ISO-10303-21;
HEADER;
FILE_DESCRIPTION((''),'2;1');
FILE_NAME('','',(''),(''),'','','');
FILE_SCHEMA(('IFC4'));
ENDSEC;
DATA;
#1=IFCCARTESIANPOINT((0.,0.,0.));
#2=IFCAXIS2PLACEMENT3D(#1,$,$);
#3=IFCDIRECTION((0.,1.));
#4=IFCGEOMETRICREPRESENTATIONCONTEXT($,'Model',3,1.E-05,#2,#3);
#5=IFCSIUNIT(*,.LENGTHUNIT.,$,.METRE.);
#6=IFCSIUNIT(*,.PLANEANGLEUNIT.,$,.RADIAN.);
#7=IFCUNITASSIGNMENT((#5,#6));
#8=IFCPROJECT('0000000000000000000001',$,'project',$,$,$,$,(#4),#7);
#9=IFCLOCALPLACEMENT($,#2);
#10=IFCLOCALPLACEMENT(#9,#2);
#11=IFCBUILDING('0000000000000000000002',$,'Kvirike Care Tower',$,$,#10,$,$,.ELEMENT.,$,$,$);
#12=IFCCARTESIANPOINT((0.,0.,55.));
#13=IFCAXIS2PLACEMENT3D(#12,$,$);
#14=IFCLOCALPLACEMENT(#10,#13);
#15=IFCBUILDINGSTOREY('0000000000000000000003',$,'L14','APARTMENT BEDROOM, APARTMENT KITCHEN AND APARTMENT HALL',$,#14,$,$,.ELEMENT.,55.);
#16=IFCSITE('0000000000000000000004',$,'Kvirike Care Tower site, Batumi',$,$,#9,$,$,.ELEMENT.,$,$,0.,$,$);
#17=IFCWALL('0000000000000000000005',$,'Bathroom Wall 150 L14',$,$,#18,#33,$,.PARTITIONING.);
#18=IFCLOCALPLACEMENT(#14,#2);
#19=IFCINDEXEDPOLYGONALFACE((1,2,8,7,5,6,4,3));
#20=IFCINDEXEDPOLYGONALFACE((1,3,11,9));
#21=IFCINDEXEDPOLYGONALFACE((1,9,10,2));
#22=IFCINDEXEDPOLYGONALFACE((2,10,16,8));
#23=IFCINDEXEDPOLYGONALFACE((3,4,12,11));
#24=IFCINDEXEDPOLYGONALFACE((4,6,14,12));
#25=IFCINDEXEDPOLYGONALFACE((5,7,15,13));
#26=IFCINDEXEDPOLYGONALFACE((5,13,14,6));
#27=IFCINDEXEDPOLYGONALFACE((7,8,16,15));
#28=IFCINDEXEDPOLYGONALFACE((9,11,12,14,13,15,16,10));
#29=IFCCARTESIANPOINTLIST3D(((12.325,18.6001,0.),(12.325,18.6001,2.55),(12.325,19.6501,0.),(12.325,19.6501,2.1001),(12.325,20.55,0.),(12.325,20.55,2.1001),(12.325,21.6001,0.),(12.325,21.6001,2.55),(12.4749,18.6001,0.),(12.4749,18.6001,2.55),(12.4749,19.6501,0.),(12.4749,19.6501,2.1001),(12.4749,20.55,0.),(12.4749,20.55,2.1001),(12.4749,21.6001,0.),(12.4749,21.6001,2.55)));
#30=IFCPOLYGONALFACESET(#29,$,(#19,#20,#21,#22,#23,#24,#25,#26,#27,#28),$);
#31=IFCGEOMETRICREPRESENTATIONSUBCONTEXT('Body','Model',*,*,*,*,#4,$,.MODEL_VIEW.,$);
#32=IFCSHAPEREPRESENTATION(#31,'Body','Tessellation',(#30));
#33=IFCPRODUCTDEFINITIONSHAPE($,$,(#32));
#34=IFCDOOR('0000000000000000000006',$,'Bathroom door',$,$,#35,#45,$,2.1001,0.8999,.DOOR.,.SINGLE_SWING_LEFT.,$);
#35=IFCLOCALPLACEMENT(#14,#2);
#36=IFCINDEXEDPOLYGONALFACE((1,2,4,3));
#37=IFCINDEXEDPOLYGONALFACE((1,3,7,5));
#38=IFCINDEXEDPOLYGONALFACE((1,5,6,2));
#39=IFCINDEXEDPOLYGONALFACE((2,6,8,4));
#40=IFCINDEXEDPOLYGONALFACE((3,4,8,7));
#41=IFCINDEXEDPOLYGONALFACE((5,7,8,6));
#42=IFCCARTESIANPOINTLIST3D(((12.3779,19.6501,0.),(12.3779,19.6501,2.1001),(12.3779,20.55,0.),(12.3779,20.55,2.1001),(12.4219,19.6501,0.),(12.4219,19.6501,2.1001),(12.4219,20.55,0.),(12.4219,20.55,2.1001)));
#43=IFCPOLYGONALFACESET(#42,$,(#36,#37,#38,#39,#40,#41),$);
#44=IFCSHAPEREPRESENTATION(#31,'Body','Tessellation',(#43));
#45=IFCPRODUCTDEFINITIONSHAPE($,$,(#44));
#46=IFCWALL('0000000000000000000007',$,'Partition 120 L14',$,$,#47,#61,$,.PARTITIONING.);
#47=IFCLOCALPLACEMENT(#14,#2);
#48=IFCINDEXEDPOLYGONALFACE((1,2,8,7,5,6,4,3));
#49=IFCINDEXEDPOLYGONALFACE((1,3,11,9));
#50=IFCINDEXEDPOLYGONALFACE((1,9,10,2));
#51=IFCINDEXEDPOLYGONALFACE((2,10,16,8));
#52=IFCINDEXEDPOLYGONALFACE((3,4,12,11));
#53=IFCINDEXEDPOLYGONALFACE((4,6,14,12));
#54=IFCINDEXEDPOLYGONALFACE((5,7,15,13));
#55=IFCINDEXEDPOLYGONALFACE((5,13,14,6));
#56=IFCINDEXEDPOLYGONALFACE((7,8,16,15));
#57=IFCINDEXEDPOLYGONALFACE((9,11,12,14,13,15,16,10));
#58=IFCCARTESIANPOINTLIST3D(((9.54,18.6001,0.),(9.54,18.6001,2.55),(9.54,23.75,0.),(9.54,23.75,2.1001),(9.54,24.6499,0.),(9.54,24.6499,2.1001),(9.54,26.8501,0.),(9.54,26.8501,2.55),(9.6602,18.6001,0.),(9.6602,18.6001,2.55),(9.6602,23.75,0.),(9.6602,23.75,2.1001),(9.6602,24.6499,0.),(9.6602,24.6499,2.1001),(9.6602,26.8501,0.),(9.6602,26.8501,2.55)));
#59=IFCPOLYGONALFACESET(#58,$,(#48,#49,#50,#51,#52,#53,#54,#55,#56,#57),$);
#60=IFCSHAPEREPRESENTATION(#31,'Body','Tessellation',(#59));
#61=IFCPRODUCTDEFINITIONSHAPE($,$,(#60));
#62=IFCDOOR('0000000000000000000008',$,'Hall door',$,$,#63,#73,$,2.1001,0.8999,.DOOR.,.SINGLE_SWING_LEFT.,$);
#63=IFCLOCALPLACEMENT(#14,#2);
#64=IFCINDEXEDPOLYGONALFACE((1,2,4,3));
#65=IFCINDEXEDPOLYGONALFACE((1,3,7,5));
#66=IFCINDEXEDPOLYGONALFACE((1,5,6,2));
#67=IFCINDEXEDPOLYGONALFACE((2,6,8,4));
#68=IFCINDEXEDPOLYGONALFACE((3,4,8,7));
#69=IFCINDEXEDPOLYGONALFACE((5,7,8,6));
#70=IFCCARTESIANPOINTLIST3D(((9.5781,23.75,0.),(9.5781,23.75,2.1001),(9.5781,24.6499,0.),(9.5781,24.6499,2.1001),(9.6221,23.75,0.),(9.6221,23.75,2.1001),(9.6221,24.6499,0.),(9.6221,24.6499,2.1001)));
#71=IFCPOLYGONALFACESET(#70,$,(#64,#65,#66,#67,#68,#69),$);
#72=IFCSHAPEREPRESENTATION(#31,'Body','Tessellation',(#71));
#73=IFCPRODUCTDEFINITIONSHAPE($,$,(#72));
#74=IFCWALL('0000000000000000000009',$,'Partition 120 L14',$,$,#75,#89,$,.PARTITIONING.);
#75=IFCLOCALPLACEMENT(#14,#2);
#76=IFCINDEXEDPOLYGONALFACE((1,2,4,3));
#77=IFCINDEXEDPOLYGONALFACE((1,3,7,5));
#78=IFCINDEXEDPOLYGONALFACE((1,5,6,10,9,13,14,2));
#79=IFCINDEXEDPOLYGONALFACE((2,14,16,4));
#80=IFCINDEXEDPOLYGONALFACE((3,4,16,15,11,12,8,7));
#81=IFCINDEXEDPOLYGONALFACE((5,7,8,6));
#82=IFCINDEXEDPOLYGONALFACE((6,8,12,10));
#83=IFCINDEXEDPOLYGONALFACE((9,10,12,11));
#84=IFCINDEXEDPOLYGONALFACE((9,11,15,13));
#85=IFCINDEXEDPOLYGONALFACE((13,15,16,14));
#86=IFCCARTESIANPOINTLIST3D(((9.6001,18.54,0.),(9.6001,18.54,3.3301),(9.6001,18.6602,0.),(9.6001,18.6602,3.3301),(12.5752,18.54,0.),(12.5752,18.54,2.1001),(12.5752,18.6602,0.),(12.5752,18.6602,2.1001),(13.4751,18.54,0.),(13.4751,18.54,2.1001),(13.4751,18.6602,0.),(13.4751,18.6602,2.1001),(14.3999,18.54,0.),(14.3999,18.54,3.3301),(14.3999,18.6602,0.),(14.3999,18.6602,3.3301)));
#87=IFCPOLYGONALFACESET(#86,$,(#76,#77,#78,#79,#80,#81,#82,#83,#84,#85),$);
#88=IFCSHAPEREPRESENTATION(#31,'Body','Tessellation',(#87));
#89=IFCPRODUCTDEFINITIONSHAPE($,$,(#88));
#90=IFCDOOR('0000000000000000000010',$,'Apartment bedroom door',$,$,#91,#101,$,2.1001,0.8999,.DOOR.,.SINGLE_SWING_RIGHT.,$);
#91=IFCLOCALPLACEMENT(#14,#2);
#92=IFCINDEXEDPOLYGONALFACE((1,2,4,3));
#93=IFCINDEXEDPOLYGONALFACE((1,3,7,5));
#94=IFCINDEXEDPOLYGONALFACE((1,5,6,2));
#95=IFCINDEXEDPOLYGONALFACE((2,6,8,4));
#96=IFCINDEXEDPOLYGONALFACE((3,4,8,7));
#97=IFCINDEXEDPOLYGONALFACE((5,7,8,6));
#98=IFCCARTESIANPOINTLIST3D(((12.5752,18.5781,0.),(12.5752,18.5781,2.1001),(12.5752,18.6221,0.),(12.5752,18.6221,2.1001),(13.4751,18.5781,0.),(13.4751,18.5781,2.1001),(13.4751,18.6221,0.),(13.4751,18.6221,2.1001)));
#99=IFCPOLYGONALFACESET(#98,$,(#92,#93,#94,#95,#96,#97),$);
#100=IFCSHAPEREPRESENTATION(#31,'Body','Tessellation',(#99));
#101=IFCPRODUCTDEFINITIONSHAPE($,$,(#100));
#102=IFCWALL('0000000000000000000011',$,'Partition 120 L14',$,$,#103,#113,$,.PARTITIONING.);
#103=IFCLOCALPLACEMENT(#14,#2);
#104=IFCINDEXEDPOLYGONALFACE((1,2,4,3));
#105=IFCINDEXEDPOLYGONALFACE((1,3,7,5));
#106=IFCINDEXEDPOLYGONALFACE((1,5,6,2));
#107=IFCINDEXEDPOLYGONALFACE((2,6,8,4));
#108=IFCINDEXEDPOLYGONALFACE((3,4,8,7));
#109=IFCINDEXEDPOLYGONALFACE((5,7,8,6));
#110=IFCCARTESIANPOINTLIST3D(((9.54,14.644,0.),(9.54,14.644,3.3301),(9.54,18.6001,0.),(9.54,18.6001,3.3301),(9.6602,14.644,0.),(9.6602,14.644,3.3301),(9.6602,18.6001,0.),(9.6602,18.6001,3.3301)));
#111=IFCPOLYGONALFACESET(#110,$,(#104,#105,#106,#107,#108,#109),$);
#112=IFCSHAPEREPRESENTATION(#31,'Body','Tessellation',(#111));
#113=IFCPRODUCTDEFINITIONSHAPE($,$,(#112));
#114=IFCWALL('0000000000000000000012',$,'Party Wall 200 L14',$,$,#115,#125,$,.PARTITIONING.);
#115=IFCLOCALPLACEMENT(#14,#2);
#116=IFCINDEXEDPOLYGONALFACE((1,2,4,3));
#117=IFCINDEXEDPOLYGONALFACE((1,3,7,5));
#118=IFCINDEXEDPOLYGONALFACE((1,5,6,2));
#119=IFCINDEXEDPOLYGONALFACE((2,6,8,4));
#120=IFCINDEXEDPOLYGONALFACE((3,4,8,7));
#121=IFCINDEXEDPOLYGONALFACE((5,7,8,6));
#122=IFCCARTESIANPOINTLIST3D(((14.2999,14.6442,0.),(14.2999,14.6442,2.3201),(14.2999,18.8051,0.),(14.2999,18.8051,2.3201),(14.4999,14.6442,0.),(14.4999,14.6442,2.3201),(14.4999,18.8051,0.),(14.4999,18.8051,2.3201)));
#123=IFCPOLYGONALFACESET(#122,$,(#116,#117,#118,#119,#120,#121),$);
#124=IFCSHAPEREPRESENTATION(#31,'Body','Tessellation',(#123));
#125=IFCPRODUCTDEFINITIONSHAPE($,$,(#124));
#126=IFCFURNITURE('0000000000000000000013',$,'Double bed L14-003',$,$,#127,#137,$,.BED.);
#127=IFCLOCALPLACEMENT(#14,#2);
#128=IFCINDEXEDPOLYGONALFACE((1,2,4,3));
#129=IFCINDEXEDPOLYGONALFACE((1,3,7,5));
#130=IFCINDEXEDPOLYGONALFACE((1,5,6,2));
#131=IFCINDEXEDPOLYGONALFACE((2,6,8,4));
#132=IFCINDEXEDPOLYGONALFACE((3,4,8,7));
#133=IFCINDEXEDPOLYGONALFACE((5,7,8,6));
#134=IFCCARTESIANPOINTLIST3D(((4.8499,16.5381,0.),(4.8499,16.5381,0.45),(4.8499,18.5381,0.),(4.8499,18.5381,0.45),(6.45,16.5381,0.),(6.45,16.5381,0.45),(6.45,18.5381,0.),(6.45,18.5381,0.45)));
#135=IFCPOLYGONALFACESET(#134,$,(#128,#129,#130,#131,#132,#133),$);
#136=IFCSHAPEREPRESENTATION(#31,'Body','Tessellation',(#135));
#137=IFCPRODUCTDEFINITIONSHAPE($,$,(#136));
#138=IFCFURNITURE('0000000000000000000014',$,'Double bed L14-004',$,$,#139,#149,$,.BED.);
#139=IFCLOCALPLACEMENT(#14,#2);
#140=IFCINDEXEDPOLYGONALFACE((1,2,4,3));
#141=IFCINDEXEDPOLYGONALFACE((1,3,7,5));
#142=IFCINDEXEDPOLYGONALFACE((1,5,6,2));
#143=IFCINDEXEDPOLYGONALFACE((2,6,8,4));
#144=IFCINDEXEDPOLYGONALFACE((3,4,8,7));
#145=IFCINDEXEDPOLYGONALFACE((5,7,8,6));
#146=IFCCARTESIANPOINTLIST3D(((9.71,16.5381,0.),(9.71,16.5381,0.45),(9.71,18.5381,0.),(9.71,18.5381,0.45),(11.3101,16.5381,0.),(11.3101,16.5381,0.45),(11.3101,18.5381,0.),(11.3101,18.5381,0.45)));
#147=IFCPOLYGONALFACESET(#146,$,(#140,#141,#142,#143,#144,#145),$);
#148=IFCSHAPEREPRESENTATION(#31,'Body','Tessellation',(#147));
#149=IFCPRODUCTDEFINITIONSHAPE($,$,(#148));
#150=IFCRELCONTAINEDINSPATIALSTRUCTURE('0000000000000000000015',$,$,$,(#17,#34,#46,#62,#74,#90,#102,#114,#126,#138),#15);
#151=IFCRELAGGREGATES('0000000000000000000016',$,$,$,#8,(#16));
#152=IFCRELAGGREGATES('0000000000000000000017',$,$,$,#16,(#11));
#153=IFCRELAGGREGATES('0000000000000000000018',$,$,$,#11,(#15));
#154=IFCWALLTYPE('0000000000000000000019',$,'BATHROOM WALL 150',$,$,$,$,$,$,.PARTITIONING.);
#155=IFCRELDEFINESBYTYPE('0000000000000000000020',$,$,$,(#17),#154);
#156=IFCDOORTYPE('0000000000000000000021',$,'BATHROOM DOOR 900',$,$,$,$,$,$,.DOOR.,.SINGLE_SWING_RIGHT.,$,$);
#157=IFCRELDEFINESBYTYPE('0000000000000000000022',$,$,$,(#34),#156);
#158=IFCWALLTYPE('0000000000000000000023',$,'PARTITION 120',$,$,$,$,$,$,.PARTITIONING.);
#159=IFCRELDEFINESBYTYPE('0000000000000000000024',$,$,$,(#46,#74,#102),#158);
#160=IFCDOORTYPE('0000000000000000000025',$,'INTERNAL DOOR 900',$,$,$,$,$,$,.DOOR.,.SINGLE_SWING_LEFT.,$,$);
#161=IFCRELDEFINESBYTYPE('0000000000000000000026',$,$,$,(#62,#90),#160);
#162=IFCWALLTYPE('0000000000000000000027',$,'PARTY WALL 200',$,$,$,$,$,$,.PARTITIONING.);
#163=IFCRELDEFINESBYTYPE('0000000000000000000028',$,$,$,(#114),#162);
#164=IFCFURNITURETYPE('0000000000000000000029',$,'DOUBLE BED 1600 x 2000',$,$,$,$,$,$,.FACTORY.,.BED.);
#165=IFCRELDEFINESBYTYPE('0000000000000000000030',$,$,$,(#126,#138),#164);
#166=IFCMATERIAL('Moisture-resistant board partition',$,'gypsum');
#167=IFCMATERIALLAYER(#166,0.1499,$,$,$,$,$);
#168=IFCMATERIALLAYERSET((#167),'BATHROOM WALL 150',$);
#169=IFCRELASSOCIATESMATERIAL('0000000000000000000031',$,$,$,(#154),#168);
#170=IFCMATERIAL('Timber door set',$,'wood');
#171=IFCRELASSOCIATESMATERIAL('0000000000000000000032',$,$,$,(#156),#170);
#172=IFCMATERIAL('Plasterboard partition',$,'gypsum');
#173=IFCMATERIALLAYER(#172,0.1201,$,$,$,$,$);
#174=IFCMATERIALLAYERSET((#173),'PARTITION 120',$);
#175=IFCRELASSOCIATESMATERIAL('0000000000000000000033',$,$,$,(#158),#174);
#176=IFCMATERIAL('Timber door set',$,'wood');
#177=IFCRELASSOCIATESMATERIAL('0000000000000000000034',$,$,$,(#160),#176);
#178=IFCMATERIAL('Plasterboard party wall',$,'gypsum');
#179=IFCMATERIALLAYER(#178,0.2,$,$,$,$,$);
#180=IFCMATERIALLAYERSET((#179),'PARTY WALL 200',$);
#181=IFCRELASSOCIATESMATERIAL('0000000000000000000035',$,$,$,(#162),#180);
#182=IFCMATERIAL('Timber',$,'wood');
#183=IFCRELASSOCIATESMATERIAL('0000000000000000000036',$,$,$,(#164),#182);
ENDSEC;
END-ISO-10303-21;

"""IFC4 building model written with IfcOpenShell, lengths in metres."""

from ifc_helpers import new_model, si_unit, direction, frame, frame_2d, origin, origin_2d, place, context, subcontext, project, spatial, rectangle, extrude, material, layer, layer_set, type_object, element, fill, save


model = new_model("IFC4")

# Units and contexts
model_context = context("Model", 3, precision=1e-05, world=origin(), true_north=direction((0.0, 1.0)))
body_context = subcontext(model_context, "Body", "Model", "MODEL_VIEW")
ifc_project = project(units=[si_unit("LENGTHUNIT", "METRE"), si_unit("PLANEANGLEUNIT", "RADIAN")], contexts=[model_context])

# Site, building, storey
site_placement = place(None, origin())
site = spatial("IfcSite", under=ifc_project, at=site_placement, Name="Kvirike Care Tower site, Batumi", CompositionType="ELEMENT", RefElevation=0.0)
building_placement = place(site_placement, origin())
building = spatial("IfcBuilding", under=site, at=building_placement, Name="Kvirike Care Tower", CompositionType="ELEMENT")
storey_placement = place(building_placement, frame((0.0, 0.0, 55.0)))
storey = spatial("IfcBuildingStorey", under=building, at=storey_placement, Name="L14", Description="APARTMENT BEDROOM, APARTMENT KITCHEN AND APARTMENT HALL", CompositionType="ELEMENT", Elevation=55.0)

# Walls, openings, doors
ifc_material_1 = material(Name="Moisture-resistant board partition", Category="gypsum")
ifc_layer_1 = layer(ifc_material_1, 0.1499)
ifc_layer_set_1 = layer_set([ifc_layer_1], Name="BATHROOM WALL 150")
wall_type_1 = type_object("IfcWallType", Name="BATHROOM WALL 150", PredefinedType="PARTITIONING", material=ifc_layer_set_1)
wall_1_placement = place(storey_placement, frame((12.3999, 18.6001, 0.0), z_axis=(0.0, 0.0, 1.0), x_axis=(0.0, 1.0, 0.0)))
wall_1 = element("IfcWall", 1, at=wall_1_placement, inside=storey, type_object=wall_type_1, Name="Bathroom Wall 150 L14", PredefinedType="PARTITIONING", context=body_context, shape_type="SweptSolid", body=[
    extrude(rectangle(XDim=3.0, YDim=0.1499, at=frame_2d((1.5, 0.0))), origin(), (0.0, 0.0, 1.0), 2.55),
])
opening_1_placement = place(wall_1_placement, frame((1.05, 0.0, 0.0)))
opening_1 = element("IfcOpeningElement", 2, at=opening_1_placement, cuts=wall_1, PredefinedType="OPENING", context=body_context, shape_type="SweptSolid", body=[
    extrude(rectangle(XDim=0.8999, YDim=2.1001, at=frame_2d((0.45, 1.05))), frame((0.0, 0.0854, 0.0), z_axis=(0.0, -1.0, 0.0), x_axis=(1.0, 0.0, 0.0)), (0.0, 0.0, 1.0), 0.1709),
])
ifc_material_2 = material(Name="Timber door set", Category="wood")
door_type_1 = type_object("IfcDoorType", Name="BATHROOM DOOR 900", OperationType="SINGLE_SWING_RIGHT", PredefinedType="DOOR", material=ifc_material_2)
door_1_placement = place(opening_1_placement, origin())
door_1 = element("IfcDoor", 3, at=door_1_placement, inside=storey, type_object=door_type_1, Name="Bathroom door", OperationType="SINGLE_SWING_LEFT", OverallHeight=2.1001, OverallWidth=0.8999, PredefinedType="DOOR", context=body_context, shape_type="SweptSolid", body=[
    extrude(rectangle(XDim=0.8999, YDim=2.1001, at=frame_2d((0.45, 1.05))), frame((0.0, 0.022, 0.0), z_axis=(0.0, -1.0, 0.0), x_axis=(1.0, 0.0, 0.0)), (0.0, 0.0, 1.0), 0.0439),
])
fill(opening_1, door_1)
ifc_material_3 = material(Name="Plasterboard partition", Category="gypsum")
ifc_layer_2 = layer(ifc_material_3, 0.1201)
ifc_layer_set_2 = layer_set([ifc_layer_2], Name="PARTITION 120")
wall_type_2 = type_object("IfcWallType", Name="PARTITION 120", PredefinedType="PARTITIONING", material=ifc_layer_set_2)
wall_2_placement = place(storey_placement, frame((9.6001, 18.6001, 0.0), z_axis=(0.0, 0.0, 1.0), x_axis=(0.0, 1.0, 0.0)))
wall_2 = element("IfcWall", 4, at=wall_2_placement, inside=storey, type_object=wall_type_2, Name="Partition 120 L14", PredefinedType="PARTITIONING", context=body_context, shape_type="SweptSolid", body=[
    extrude(rectangle(XDim=8.25, YDim=0.1201, at=frame_2d((4.125, 0.0))), origin(), (0.0, 0.0, 1.0), 2.55),
])
opening_2_placement = place(wall_2_placement, frame((5.1499, 0.0, 0.0)))
opening_2 = element("IfcOpeningElement", 5, at=opening_2_placement, cuts=wall_2, PredefinedType="OPENING", context=body_context, shape_type="SweptSolid", body=[
    extrude(rectangle(XDim=0.8999, YDim=2.1001, at=frame_2d((0.45, 1.05))), frame((0.0, 0.0706, 0.0), z_axis=(0.0, -1.0, 0.0), x_axis=(1.0, 0.0, 0.0)), (0.0, 0.0, 1.0), 0.1411),
])
ifc_material_4 = material(Name="Timber door set", Category="wood")
door_type_2 = type_object("IfcDoorType", Name="INTERNAL DOOR 900", OperationType="SINGLE_SWING_LEFT", PredefinedType="DOOR", material=ifc_material_4)
door_2_placement = place(opening_2_placement, frame((0.8999, 0.0, 0.0), z_axis=(0.0, 0.0, 1.0), x_axis=(-1.0, 0.0, 0.0)))
door_2 = element("IfcDoor", 6, at=door_2_placement, inside=storey, type_object=door_type_2, Name="Hall door", OperationType="SINGLE_SWING_LEFT", OverallHeight=2.1001, OverallWidth=0.8999, PredefinedType="DOOR", context=body_context, shape_type="SweptSolid", body=[
    extrude(rectangle(XDim=0.8999, YDim=2.1001, at=frame_2d((0.45, 1.05))), frame((0.0, 0.022, 0.0), z_axis=(0.0, -1.0, 0.0), x_axis=(1.0, 0.0, 0.0)), (0.0, 0.0, 1.0), 0.0439),
])
fill(opening_2, door_2)
wall_3_placement = place(storey_placement, frame((9.6001, 18.6001, 0.0), z_axis=(0.0, 0.0, 1.0), x_axis=(1.0, 0.0, 0.0)))
wall_3 = element("IfcWall", 7, at=wall_3_placement, inside=storey, type_object=wall_type_2, Name="Partition 120 L14", PredefinedType="PARTITIONING", context=body_context, shape_type="SweptSolid", body=[
    extrude(rectangle(XDim=4.7998, YDim=0.1201, at=frame_2d((2.3999, 0.0))), origin(), (0.0, 0.0, 1.0), 3.3301),
])
opening_3_placement = place(wall_3_placement, frame((2.9751, 0.0, 0.0)))
opening_3 = element("IfcOpeningElement", 8, at=opening_3_placement, cuts=wall_3, PredefinedType="OPENING", context=body_context, shape_type="SweptSolid", body=[
    extrude(rectangle(XDim=0.8999, YDim=2.1001, at=frame_2d((0.45, 1.05))), frame((0.0, 0.0706, 0.0), z_axis=(0.0, -1.0, 0.0), x_axis=(1.0, 0.0, 0.0)), (0.0, 0.0, 1.0), 0.1411),
])
door_3_placement = place(opening_3_placement, frame((0.8999, 0.0, 0.0), z_axis=(0.0, 0.0, 1.0), x_axis=(-1.0, 0.0, 0.0)))
door_3 = element("IfcDoor", 9, at=door_3_placement, inside=storey, type_object=door_type_2, Name="Apartment bedroom door", OperationType="SINGLE_SWING_RIGHT", OverallHeight=2.1001, OverallWidth=0.8999, PredefinedType="DOOR", context=body_context, shape_type="SweptSolid", body=[
    extrude(rectangle(XDim=0.8999, YDim=2.1001, at=frame_2d((0.45, 1.05))), frame((0.0, 0.022, 0.0), z_axis=(0.0, -1.0, 0.0), x_axis=(1.0, 0.0, 0.0)), (0.0, 0.0, 1.0), 0.0439),
])
fill(opening_3, door_3)

# Walls
wall_4_placement = place(storey_placement, frame((9.6001, 14.644, 0.0), z_axis=(0.0, 0.0, 1.0), x_axis=(0.0, 1.0, 0.0)))
element("IfcWall", 10, at=wall_4_placement, inside=storey, type_object=wall_type_2, Name="Partition 120 L14", PredefinedType="PARTITIONING", context=body_context, shape_type="SweptSolid", body=[
    extrude(rectangle(XDim=3.9561, YDim=0.1201, at=frame_2d((1.978, 0.0))), origin(), (0.0, 0.0, 1.0), 3.3301),
])
ifc_material_5 = material(Name="Plasterboard party wall", Category="gypsum")
ifc_layer_3 = layer(ifc_material_5, 0.2)
ifc_layer_set_3 = layer_set([ifc_layer_3], Name="PARTY WALL 200")
wall_type_3 = type_object("IfcWallType", Name="PARTY WALL 200", PredefinedType="PARTITIONING", material=ifc_layer_set_3)
wall_5_placement = place(storey_placement, frame((14.3999, 14.644, 0.0), z_axis=(0.0, 0.0, 1.0), x_axis=(0.0, 1.0, 0.0)))
element("IfcWall", 11, at=wall_5_placement, inside=storey, type_object=wall_type_3, Name="Party Wall 200 L14", PredefinedType="PARTITIONING", context=body_context, shape_type="SweptSolid", body=[
    extrude(rectangle(XDim=4.1609, YDim=0.2, at=frame_2d((2.0806, 0.0))), origin(), (0.0, 0.0, 1.0), 2.3201),
])

# Furniture
ifc_material_6 = material(Name="Timber", Category="wood")
furniture_type = type_object("IfcFurnitureType", Name="DOUBLE BED 1600 x 2000", AssemblyPlace="FACTORY", PredefinedType="BED", material=ifc_material_6)
for number, where, z_axis, x_axis, name in (
    (12, (5.6499, 17.5381, 0.0), (0.0, 0.0, 1.0), (1.0, 0.0, 0.0), "Double bed L14-003"),
    (13, (10.51, 17.5381, 0.0), (0.0, 0.0, 1.0), (1.0, 0.0, 0.0), "Double bed L14-004"),
):
    element("IfcFurniture", number, at=place(storey_placement, frame(where, z_axis=z_axis, x_axis=x_axis)), inside=storey, type_object=furniture_type, Name=name, PredefinedType="BED", context=body_context, shape_type="SweptSolid", body=[
        extrude(rectangle(XDim=1.6001, YDim=2.0, at=origin_2d()), origin(), (0.0, 0.0, 1.0), 0.45),
    ])

save(model, "model.ifc")
